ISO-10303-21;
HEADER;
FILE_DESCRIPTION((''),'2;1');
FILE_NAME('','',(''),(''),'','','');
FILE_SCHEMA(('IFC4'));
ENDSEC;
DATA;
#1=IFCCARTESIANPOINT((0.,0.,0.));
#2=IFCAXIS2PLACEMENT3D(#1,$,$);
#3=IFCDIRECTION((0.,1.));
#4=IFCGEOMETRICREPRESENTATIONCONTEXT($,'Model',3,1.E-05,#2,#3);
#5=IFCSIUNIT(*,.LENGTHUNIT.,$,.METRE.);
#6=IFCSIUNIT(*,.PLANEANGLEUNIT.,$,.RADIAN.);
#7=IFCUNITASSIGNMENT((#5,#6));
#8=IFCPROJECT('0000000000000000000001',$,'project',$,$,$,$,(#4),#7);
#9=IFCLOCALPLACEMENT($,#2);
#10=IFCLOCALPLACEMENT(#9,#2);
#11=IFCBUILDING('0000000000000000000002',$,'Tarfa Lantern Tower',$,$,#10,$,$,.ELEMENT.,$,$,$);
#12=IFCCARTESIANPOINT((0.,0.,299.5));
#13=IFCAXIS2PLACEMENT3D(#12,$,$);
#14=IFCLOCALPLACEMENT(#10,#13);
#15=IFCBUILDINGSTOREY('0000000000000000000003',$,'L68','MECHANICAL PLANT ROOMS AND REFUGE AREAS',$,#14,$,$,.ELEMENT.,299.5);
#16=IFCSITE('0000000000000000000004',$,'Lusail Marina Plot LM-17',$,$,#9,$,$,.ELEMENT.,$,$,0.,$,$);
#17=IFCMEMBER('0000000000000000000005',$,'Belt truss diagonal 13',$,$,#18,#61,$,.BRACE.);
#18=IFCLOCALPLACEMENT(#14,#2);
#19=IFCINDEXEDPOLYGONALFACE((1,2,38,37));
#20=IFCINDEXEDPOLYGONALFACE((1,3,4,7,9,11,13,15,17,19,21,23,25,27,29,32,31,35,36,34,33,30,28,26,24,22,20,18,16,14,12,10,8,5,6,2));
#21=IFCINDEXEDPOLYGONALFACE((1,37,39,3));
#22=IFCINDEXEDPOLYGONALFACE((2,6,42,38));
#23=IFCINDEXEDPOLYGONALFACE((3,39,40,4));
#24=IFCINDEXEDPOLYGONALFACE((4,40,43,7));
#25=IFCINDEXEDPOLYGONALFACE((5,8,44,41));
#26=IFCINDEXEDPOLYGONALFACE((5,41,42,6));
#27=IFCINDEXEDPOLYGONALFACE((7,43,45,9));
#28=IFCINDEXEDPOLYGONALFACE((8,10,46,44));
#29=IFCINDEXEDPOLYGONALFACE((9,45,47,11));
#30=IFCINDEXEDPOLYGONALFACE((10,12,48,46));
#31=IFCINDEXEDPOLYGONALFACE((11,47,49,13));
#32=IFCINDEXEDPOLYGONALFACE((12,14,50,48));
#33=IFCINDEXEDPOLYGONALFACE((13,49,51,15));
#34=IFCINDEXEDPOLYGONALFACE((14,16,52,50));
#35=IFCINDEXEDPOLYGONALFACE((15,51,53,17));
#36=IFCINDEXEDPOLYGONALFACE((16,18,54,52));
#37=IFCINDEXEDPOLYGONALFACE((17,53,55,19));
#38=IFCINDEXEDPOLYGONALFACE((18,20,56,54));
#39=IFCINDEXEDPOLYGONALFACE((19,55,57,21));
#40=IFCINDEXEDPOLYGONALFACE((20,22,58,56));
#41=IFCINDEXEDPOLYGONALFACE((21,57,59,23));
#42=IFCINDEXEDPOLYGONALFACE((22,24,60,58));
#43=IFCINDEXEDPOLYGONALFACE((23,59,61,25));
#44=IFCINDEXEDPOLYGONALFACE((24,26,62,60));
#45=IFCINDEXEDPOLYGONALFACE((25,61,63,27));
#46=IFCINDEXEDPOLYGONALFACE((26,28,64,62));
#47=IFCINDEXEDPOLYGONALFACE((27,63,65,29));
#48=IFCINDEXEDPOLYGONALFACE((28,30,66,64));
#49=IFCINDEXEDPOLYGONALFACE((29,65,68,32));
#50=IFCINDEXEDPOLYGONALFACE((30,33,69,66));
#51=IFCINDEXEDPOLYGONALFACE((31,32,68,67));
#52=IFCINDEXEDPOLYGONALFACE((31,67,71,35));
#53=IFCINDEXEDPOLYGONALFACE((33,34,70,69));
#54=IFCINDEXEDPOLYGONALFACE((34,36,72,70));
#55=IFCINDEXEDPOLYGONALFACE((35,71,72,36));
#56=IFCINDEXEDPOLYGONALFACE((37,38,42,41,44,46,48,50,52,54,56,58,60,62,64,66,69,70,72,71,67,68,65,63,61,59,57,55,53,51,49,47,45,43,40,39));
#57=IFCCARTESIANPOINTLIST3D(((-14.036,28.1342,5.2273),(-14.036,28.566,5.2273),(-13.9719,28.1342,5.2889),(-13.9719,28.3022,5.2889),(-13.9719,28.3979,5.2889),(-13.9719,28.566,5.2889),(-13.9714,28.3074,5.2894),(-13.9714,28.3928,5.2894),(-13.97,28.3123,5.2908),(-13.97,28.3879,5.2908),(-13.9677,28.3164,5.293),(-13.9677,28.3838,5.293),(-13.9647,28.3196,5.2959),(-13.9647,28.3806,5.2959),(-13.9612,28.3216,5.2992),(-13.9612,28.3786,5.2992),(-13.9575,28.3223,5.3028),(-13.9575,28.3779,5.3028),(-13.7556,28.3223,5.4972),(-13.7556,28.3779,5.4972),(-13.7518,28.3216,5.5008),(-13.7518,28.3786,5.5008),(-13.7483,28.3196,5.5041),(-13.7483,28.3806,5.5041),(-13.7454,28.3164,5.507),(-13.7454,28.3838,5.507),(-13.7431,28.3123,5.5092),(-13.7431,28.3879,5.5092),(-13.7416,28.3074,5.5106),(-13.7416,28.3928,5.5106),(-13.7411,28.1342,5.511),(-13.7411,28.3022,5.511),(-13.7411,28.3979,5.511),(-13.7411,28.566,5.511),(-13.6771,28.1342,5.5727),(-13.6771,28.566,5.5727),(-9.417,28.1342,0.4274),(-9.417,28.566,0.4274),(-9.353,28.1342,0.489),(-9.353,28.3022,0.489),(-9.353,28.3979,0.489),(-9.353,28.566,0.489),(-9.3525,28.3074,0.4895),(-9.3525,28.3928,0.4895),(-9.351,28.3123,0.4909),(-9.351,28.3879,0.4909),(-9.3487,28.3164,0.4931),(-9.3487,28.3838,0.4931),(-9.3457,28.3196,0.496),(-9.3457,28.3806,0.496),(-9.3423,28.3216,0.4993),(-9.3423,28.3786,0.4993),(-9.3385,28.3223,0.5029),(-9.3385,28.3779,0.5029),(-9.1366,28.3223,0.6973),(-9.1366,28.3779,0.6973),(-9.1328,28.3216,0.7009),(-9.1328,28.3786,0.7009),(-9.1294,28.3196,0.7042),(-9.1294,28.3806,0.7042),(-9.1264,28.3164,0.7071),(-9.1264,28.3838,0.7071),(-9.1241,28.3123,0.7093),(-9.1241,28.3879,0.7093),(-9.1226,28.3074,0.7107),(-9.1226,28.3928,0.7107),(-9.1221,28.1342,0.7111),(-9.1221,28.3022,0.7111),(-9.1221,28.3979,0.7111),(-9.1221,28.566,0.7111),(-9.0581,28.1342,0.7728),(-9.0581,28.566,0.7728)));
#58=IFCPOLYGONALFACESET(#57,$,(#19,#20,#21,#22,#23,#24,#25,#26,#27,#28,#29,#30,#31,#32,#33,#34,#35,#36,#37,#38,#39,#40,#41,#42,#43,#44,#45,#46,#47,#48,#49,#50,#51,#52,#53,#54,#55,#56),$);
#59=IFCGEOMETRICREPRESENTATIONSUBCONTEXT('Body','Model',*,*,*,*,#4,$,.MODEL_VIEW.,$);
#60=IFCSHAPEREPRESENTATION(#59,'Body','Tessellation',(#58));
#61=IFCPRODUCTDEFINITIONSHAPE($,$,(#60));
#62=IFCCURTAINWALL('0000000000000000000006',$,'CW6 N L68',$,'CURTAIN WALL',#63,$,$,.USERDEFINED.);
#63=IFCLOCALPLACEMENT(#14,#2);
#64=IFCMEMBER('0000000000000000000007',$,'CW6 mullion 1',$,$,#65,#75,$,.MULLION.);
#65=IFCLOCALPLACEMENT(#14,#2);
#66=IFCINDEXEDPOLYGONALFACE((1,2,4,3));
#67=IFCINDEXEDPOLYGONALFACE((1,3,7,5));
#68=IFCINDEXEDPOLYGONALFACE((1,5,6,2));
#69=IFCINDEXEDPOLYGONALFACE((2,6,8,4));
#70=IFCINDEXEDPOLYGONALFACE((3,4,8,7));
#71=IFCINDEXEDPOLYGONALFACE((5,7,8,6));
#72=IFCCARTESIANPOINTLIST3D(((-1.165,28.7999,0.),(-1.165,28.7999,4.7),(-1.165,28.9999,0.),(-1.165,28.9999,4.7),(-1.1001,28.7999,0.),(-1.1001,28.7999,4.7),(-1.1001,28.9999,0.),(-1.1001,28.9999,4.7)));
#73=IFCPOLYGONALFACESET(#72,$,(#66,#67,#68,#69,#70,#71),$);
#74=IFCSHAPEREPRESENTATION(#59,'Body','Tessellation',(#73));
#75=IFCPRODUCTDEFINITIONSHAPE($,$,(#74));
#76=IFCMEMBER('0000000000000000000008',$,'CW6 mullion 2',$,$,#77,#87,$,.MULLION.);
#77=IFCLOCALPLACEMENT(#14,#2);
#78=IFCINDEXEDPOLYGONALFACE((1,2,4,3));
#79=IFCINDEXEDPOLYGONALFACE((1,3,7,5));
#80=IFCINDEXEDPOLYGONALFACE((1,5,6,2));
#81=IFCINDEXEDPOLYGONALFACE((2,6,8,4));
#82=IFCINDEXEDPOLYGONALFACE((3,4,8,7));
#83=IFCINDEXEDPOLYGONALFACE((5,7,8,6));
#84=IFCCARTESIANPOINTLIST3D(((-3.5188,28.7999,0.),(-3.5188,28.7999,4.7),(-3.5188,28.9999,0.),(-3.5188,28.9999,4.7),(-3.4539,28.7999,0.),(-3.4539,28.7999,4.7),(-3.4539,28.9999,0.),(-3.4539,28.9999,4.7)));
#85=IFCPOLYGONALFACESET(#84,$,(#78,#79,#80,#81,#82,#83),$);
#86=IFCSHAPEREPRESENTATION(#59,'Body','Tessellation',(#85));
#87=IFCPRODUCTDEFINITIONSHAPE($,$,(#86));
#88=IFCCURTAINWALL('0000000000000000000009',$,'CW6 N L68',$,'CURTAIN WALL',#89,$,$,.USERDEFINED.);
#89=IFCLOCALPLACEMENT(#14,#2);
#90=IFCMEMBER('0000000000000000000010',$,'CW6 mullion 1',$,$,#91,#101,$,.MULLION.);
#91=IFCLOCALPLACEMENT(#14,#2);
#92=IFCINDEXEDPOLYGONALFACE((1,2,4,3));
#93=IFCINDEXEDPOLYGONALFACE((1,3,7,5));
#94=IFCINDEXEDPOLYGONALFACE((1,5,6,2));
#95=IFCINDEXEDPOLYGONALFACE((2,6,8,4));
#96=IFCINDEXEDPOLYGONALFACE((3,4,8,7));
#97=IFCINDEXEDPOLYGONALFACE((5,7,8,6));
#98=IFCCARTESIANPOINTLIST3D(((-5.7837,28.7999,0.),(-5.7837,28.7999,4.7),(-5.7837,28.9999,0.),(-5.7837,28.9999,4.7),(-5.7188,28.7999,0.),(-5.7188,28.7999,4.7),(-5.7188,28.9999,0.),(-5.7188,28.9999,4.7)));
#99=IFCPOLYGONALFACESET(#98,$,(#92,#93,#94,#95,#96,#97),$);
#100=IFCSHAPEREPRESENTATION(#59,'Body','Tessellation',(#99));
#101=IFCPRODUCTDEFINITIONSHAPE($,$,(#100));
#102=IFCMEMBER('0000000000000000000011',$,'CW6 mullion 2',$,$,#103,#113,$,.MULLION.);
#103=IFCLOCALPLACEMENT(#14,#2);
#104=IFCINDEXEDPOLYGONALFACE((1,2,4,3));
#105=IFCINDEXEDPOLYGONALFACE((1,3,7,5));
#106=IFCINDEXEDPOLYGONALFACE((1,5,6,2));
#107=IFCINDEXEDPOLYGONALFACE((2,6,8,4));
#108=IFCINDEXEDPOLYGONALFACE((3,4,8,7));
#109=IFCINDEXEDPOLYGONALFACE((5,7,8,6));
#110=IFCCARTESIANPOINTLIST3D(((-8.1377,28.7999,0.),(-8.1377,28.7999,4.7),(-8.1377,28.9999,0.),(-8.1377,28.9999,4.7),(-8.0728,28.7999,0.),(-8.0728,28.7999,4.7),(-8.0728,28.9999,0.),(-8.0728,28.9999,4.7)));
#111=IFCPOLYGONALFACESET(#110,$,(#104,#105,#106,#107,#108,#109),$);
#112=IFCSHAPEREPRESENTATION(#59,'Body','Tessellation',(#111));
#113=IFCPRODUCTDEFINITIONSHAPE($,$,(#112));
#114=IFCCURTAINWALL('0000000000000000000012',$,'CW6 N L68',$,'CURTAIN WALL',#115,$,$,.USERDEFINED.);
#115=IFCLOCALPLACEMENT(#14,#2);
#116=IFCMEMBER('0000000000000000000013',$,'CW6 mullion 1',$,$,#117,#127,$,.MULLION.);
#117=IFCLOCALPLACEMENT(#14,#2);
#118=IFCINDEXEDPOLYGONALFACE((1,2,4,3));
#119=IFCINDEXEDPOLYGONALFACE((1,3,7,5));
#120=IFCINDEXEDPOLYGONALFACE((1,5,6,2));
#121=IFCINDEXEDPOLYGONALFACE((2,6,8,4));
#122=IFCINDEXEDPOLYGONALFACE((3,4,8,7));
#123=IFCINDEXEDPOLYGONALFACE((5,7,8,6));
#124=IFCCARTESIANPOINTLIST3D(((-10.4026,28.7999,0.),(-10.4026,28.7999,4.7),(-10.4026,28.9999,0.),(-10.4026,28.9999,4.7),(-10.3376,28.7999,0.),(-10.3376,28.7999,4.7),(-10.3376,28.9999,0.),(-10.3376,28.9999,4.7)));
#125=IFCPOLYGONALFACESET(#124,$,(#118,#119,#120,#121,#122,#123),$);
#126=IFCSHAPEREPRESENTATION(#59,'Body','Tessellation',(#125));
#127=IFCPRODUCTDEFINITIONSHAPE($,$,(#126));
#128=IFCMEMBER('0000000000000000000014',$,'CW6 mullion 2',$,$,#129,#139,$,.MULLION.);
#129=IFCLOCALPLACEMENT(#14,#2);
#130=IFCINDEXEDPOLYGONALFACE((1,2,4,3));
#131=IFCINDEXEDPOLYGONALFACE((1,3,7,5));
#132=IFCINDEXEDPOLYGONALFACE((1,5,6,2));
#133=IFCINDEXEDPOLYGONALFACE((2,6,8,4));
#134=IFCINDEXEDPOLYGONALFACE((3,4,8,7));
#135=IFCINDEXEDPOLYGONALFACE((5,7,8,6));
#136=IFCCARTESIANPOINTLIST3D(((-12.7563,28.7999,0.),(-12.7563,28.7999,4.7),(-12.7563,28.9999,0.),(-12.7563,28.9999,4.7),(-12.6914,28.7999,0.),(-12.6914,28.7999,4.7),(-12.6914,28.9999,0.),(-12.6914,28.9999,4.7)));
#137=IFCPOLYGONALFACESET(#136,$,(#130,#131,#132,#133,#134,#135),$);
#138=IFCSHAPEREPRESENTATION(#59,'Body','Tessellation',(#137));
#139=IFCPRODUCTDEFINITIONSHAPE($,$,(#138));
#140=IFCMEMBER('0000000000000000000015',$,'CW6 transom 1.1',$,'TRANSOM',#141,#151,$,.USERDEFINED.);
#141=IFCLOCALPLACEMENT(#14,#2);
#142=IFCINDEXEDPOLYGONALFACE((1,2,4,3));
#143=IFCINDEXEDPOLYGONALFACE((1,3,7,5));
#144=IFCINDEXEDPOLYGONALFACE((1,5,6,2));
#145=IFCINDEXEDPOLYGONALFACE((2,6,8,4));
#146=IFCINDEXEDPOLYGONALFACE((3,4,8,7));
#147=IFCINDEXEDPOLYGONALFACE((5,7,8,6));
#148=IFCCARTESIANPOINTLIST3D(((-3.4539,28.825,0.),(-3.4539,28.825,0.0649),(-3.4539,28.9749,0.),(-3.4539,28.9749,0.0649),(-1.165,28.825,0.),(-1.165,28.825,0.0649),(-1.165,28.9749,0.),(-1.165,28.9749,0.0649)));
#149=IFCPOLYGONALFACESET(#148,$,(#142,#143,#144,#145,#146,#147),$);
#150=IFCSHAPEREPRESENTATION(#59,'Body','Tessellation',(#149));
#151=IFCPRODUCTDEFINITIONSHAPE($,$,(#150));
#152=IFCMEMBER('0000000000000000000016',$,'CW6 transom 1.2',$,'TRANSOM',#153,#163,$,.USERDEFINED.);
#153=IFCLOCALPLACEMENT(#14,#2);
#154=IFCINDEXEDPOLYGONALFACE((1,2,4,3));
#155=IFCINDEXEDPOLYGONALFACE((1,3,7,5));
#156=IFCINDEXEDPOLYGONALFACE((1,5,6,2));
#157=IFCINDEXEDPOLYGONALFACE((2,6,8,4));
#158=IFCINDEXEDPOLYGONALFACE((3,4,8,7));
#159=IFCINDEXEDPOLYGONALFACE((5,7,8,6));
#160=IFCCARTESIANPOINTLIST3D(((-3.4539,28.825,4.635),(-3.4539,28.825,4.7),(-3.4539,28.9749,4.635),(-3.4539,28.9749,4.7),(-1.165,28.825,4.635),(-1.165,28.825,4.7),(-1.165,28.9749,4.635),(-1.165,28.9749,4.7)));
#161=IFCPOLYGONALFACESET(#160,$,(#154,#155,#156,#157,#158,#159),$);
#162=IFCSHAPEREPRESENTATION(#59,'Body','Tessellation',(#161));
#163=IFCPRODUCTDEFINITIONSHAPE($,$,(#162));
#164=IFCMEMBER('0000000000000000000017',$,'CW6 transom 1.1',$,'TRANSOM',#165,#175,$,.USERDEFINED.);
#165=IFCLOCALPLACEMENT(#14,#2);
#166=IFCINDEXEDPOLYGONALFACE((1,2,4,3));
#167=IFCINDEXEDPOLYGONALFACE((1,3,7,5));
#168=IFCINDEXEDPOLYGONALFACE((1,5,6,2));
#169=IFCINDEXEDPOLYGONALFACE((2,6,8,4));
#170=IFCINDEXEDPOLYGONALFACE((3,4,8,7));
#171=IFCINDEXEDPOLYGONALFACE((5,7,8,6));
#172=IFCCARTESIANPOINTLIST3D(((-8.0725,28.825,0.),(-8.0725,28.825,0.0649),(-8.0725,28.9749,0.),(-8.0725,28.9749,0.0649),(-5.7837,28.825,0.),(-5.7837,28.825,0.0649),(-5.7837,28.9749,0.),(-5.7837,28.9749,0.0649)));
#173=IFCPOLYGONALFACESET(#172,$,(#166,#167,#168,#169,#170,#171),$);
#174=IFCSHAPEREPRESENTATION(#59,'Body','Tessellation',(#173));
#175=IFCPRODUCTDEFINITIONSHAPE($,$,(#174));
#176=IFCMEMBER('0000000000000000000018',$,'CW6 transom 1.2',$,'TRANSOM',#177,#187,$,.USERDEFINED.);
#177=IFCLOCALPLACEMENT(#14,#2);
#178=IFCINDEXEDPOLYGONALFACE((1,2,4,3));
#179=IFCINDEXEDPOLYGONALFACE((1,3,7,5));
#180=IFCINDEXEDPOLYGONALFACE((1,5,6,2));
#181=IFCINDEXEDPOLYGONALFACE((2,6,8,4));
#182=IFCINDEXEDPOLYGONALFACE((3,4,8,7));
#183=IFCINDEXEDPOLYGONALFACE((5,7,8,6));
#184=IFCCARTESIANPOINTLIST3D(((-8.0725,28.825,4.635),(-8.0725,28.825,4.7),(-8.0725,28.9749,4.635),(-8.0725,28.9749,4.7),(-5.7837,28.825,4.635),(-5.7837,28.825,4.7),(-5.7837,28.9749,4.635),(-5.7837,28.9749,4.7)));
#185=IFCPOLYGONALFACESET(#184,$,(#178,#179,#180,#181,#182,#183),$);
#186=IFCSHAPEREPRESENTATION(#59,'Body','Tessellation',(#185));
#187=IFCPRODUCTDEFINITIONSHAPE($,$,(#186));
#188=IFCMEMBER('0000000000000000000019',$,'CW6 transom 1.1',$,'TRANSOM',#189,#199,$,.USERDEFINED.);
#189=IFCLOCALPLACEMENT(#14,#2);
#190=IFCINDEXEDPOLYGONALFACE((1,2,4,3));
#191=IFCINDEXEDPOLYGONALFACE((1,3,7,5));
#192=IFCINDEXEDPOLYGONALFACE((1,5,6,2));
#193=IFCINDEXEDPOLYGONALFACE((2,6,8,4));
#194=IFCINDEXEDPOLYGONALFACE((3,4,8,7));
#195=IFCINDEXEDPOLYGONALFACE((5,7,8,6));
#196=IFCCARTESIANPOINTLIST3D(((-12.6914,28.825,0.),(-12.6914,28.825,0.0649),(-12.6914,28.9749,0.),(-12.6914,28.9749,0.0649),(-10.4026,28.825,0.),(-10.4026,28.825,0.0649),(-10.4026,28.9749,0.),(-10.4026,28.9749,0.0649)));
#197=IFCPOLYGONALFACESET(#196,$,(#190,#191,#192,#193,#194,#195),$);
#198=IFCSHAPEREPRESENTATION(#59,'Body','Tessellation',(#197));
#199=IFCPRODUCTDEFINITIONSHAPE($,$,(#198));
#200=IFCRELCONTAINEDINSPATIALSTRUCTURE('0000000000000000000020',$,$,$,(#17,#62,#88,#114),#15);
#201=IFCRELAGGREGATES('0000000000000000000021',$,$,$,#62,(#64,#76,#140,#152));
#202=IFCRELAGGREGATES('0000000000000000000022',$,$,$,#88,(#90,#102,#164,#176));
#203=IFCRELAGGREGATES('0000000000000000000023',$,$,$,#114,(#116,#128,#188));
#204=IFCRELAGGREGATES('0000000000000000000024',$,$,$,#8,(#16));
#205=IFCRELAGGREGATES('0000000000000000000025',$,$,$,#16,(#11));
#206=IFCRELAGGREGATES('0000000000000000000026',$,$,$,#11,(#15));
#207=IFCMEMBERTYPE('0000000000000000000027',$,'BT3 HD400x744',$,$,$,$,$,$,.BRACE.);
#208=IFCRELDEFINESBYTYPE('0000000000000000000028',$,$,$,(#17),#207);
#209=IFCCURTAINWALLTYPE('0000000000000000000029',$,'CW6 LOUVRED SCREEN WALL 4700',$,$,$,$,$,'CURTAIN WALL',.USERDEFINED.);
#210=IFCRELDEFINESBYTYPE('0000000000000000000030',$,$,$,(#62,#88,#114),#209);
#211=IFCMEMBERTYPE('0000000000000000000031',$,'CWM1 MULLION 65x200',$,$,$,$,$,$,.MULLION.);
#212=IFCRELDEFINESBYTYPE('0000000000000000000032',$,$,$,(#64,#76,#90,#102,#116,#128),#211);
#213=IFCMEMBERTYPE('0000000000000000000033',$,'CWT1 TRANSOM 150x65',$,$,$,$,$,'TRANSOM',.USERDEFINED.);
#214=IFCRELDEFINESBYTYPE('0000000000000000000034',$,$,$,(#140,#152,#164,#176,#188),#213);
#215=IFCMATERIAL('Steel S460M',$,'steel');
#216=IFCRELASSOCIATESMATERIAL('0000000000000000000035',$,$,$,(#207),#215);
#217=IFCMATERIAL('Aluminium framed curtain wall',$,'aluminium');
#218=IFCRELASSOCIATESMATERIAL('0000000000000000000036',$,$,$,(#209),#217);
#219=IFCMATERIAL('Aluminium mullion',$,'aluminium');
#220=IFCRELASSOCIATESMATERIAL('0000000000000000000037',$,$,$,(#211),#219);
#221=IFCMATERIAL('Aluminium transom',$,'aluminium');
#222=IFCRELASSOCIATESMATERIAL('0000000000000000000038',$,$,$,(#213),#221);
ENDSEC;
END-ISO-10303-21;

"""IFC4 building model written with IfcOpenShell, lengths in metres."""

from ifc_helpers import new_model, si_unit, direction, frame, origin, origin_2d, place, context, subcontext, project, spatial, rectangle, i_section, extrude, material, material_profile, profile_set, type_object, element, aggregate, save


model = new_model("IFC4")

# Units and contexts
model_context = context("Model", 3, precision=1e-05, world=origin(), true_north=direction((0.0, 1.0)))
body_context = subcontext(model_context, "Body", "Model", "MODEL_VIEW")
ifc_project = project(units=[si_unit("LENGTHUNIT", "METRE"), si_unit("PLANEANGLEUNIT", "RADIAN")], contexts=[model_context])

# Site, building, storey
site_placement = place(None, origin())
site = spatial("IfcSite", under=ifc_project, at=site_placement, Name="Lusail Marina Plot LM-17", CompositionType="ELEMENT", RefElevation=0.0)
building_placement = place(site_placement, origin())
building = spatial("IfcBuilding", under=site, at=building_placement, Name="Tarfa Lantern Tower", CompositionType="ELEMENT")
storey_placement = place(building_placement, frame((0.0, 0.0, 299.5)))
storey = spatial("IfcBuildingStorey", under=building, at=storey_placement, Name="L68", Description="MECHANICAL PLANT ROOMS AND REFUGE AREAS", CompositionType="ELEMENT", Elevation=299.5)

# Member
ifc_material_1 = material(Name="Steel S460M", Category="steel")
ifc_material_profile_1 = material_profile(ifc_material_1, i_section(OverallWidth=0.4319, OverallDepth=0.498, WebThickness=0.0557, FlangeThickness=0.0889, FilletRadius=0.02, at=origin_2d()), Name="HD400x744")
ifc_profile_set_1 = profile_set([ifc_material_profile_1], Name="Steel S460M")
member_type_1 = type_object("IfcMemberType", Name="BT3 HD400x744", PredefinedType="BRACE", material=ifc_profile_set_1)
member_1_placement = place(storey_placement, frame((-9.2375, 28.3501, 0.6001), z_axis=(-0.693397, 0.0, 0.720556), x_axis=(0.0, -1.0, 0.0)))
element("IfcMember", 1, at=member_1_placement, inside=storey, type_object=member_type_1, Name="Belt truss diagonal 13", PredefinedType="BRACE", context=body_context, shape_type="SweptSolid", body=[
    extrude(i_section(OverallWidth=0.4319, OverallDepth=0.498, WebThickness=0.0557, FlangeThickness=0.0889, FilletRadius=0.02, at=origin_2d()), origin(), (0.0, 0.0, 1.0), 6.6614),
])

# Curtain walls, members
ifc_material_2 = material(Name="Aluminium framed curtain wall", Category="aluminium")
curtain_wall_type = type_object("IfcCurtainWallType", Name="CW6 LOUVRED SCREEN WALL 4700", ElementType="CURTAIN WALL", PredefinedType="USERDEFINED", material=ifc_material_2)
curtain_wall_1_placement = place(storey_placement, origin())
curtain_wall_1 = element("IfcCurtainWall", 2, at=curtain_wall_1_placement, inside=storey, type_object=curtain_wall_type, Name="CW6 N L68", ObjectType="CURTAIN WALL", PredefinedType="USERDEFINED")
ifc_material_3 = material(Name="Aluminium mullion", Category="aluminium")
ifc_material_profile_2 = material_profile(ifc_material_3, rectangle(XDim=0.0649, YDim=0.2, at=origin_2d()), Name="AL MULLION 65x200")
ifc_profile_set_2 = profile_set([ifc_material_profile_2], Name="Aluminium mullion")
member_type_2 = type_object("IfcMemberType", Name="CWM1 MULLION 65x200", PredefinedType="MULLION", material=ifc_profile_set_2)
member_2_placement = place(storey_placement, frame((-1.1326, 28.8999, 0.0), z_axis=(0.0, 0.0, 1.0), x_axis=(1.0, 0.0, 0.0)))
member_2 = element("IfcMember", 3, at=member_2_placement, type_object=member_type_2, Name="CW6 mullion 1", PredefinedType="MULLION", context=body_context, shape_type="SweptSolid", body=[
    extrude(rectangle(XDim=0.0649, YDim=0.2, at=origin_2d()), origin(), (0.0, 0.0, 1.0), 4.7),
])
member_3_placement = place(storey_placement, frame((-3.4863, 28.8999, 0.0), z_axis=(0.0, 0.0, 1.0), x_axis=(1.0, 0.0, 0.0)))
member_3 = element("IfcMember", 4, at=member_3_placement, type_object=member_type_2, Name="CW6 mullion 2", PredefinedType="MULLION", context=body_context, shape_type="SweptSolid", body=[
    extrude(rectangle(XDim=0.0649, YDim=0.2, at=origin_2d()), origin(), (0.0, 0.0, 1.0), 4.7),
])
curtain_wall_2_placement = place(storey_placement, origin())
curtain_wall_2 = element("IfcCurtainWall", 5, at=curtain_wall_2_placement, inside=storey, type_object=curtain_wall_type, Name="CW6 N L68", ObjectType="CURTAIN WALL", PredefinedType="USERDEFINED")
member_4_placement = place(storey_placement, frame((-5.7512, 28.8999, 0.0), z_axis=(0.0, 0.0, 1.0), x_axis=(1.0, 0.0, 0.0)))
member_4 = element("IfcMember", 6, at=member_4_placement, type_object=member_type_2, Name="CW6 mullion 1", PredefinedType="MULLION", context=body_context, shape_type="SweptSolid", body=[
    extrude(rectangle(XDim=0.0649, YDim=0.2, at=origin_2d()), origin(), (0.0, 0.0, 1.0), 4.7),
])
member_5_placement = place(storey_placement, frame((-8.1052, 28.8999, 0.0), z_axis=(0.0, 0.0, 1.0), x_axis=(1.0, 0.0, 0.0)))
member_5 = element("IfcMember", 7, at=member_5_placement, type_object=member_type_2, Name="CW6 mullion 2", PredefinedType="MULLION", context=body_context, shape_type="SweptSolid", body=[
    extrude(rectangle(XDim=0.0649, YDim=0.2, at=origin_2d()), origin(), (0.0, 0.0, 1.0), 4.7),
])
curtain_wall_3_placement = place(storey_placement, origin())
curtain_wall_3 = element("IfcCurtainWall", 8, at=curtain_wall_3_placement, inside=storey, type_object=curtain_wall_type, Name="CW6 N L68", ObjectType="CURTAIN WALL", PredefinedType="USERDEFINED")
member_6_placement = place(storey_placement, frame((-10.3701, 28.8999, 0.0), z_axis=(0.0, 0.0, 1.0), x_axis=(1.0, 0.0, 0.0)))
member_6 = element("IfcMember", 9, at=member_6_placement, type_object=member_type_2, Name="CW6 mullion 1", PredefinedType="MULLION", context=body_context, shape_type="SweptSolid", body=[
    extrude(rectangle(XDim=0.0649, YDim=0.2, at=origin_2d()), origin(), (0.0, 0.0, 1.0), 4.7),
])
member_7_placement = place(storey_placement, frame((-12.7239, 28.8999, 0.0), z_axis=(0.0, 0.0, 1.0), x_axis=(1.0, 0.0, 0.0)))
member_7 = element("IfcMember", 10, at=member_7_placement, type_object=member_type_2, Name="CW6 mullion 2", PredefinedType="MULLION", context=body_context, shape_type="SweptSolid", body=[
    extrude(rectangle(XDim=0.0649, YDim=0.2, at=origin_2d()), origin(), (0.0, 0.0, 1.0), 4.7),
])

# Members
ifc_material_4 = material(Name="Aluminium transom", Category="aluminium")
ifc_material_profile_3 = material_profile(ifc_material_4, rectangle(XDim=0.1499, YDim=0.0649, at=origin_2d()), Name="AL TRANSOM 150x65")
ifc_profile_set_3 = profile_set([ifc_material_profile_3], Name="Aluminium transom")
member_type_3 = type_object("IfcMemberType", Name="CWT1 TRANSOM 150x65", ElementType="TRANSOM", PredefinedType="USERDEFINED", material=ifc_profile_set_3)
member_8_placement = place(storey_placement, frame((-1.165, 28.8999, 0.0325), z_axis=(-1.0, 0.0, 0.0), x_axis=(0.0, -1.0, 0.0)))
member_8 = element("IfcMember", 11, at=member_8_placement, type_object=member_type_3, Name="CW6 transom 1.1", ObjectType="TRANSOM", PredefinedType="USERDEFINED", context=body_context, shape_type="SweptSolid", body=[
    extrude(rectangle(XDim=0.1499, YDim=0.0649, at=origin_2d()), origin(), (0.0, 0.0, 1.0), 2.2888),
])
member_9_placement = place(storey_placement, frame((-1.165, 28.8999, 4.6675), z_axis=(-1.0, 0.0, 0.0), x_axis=(0.0, -1.0, 0.0)))
member_9 = element("IfcMember", 12, at=member_9_placement, type_object=member_type_3, Name="CW6 transom 1.2", ObjectType="TRANSOM", PredefinedType="USERDEFINED", context=body_context, shape_type="SweptSolid", body=[
    extrude(rectangle(XDim=0.1499, YDim=0.0649, at=origin_2d()), origin(), (0.0, 0.0, 1.0), 2.2888),
])
member_10_placement = place(storey_placement, frame((-5.7837, 28.8999, 0.0325), z_axis=(-1.0, 0.0, 0.0), x_axis=(0.0, -1.0, 0.0)))
member_10 = element("IfcMember", 13, at=member_10_placement, type_object=member_type_3, Name="CW6 transom 1.1", ObjectType="TRANSOM", PredefinedType="USERDEFINED", context=body_context, shape_type="SweptSolid", body=[
    extrude(rectangle(XDim=0.1499, YDim=0.0649, at=origin_2d()), origin(), (0.0, 0.0, 1.0), 2.2888),
])
member_11_placement = place(storey_placement, frame((-5.7837, 28.8999, 4.6675), z_axis=(-1.0, 0.0, 0.0), x_axis=(0.0, -1.0, 0.0)))
member_11 = element("IfcMember", 14, at=member_11_placement, type_object=member_type_3, Name="CW6 transom 1.2", ObjectType="TRANSOM", PredefinedType="USERDEFINED", context=body_context, shape_type="SweptSolid", body=[
    extrude(rectangle(XDim=0.1499, YDim=0.0649, at=origin_2d()), origin(), (0.0, 0.0, 1.0), 2.2888),
])
member_12_placement = place(storey_placement, frame((-10.4026, 28.8999, 0.0325), z_axis=(-1.0, 0.0, 0.0), x_axis=(0.0, -1.0, 0.0)))
member_12 = element("IfcMember", 15, at=member_12_placement, type_object=member_type_3, Name="CW6 transom 1.1", ObjectType="TRANSOM", PredefinedType="USERDEFINED", context=body_context, shape_type="SweptSolid", body=[
    extrude(rectangle(XDim=0.1499, YDim=0.0649, at=origin_2d()), origin(), (0.0, 0.0, 1.0), 2.2888),
])

aggregate(curtain_wall_1, [member_2, member_3, member_8, member_9])
aggregate(curtain_wall_2, [member_4, member_5, member_10, member_11])
aggregate(curtain_wall_3, [member_6, member_7, member_12])

save(model, "model.ifc")
